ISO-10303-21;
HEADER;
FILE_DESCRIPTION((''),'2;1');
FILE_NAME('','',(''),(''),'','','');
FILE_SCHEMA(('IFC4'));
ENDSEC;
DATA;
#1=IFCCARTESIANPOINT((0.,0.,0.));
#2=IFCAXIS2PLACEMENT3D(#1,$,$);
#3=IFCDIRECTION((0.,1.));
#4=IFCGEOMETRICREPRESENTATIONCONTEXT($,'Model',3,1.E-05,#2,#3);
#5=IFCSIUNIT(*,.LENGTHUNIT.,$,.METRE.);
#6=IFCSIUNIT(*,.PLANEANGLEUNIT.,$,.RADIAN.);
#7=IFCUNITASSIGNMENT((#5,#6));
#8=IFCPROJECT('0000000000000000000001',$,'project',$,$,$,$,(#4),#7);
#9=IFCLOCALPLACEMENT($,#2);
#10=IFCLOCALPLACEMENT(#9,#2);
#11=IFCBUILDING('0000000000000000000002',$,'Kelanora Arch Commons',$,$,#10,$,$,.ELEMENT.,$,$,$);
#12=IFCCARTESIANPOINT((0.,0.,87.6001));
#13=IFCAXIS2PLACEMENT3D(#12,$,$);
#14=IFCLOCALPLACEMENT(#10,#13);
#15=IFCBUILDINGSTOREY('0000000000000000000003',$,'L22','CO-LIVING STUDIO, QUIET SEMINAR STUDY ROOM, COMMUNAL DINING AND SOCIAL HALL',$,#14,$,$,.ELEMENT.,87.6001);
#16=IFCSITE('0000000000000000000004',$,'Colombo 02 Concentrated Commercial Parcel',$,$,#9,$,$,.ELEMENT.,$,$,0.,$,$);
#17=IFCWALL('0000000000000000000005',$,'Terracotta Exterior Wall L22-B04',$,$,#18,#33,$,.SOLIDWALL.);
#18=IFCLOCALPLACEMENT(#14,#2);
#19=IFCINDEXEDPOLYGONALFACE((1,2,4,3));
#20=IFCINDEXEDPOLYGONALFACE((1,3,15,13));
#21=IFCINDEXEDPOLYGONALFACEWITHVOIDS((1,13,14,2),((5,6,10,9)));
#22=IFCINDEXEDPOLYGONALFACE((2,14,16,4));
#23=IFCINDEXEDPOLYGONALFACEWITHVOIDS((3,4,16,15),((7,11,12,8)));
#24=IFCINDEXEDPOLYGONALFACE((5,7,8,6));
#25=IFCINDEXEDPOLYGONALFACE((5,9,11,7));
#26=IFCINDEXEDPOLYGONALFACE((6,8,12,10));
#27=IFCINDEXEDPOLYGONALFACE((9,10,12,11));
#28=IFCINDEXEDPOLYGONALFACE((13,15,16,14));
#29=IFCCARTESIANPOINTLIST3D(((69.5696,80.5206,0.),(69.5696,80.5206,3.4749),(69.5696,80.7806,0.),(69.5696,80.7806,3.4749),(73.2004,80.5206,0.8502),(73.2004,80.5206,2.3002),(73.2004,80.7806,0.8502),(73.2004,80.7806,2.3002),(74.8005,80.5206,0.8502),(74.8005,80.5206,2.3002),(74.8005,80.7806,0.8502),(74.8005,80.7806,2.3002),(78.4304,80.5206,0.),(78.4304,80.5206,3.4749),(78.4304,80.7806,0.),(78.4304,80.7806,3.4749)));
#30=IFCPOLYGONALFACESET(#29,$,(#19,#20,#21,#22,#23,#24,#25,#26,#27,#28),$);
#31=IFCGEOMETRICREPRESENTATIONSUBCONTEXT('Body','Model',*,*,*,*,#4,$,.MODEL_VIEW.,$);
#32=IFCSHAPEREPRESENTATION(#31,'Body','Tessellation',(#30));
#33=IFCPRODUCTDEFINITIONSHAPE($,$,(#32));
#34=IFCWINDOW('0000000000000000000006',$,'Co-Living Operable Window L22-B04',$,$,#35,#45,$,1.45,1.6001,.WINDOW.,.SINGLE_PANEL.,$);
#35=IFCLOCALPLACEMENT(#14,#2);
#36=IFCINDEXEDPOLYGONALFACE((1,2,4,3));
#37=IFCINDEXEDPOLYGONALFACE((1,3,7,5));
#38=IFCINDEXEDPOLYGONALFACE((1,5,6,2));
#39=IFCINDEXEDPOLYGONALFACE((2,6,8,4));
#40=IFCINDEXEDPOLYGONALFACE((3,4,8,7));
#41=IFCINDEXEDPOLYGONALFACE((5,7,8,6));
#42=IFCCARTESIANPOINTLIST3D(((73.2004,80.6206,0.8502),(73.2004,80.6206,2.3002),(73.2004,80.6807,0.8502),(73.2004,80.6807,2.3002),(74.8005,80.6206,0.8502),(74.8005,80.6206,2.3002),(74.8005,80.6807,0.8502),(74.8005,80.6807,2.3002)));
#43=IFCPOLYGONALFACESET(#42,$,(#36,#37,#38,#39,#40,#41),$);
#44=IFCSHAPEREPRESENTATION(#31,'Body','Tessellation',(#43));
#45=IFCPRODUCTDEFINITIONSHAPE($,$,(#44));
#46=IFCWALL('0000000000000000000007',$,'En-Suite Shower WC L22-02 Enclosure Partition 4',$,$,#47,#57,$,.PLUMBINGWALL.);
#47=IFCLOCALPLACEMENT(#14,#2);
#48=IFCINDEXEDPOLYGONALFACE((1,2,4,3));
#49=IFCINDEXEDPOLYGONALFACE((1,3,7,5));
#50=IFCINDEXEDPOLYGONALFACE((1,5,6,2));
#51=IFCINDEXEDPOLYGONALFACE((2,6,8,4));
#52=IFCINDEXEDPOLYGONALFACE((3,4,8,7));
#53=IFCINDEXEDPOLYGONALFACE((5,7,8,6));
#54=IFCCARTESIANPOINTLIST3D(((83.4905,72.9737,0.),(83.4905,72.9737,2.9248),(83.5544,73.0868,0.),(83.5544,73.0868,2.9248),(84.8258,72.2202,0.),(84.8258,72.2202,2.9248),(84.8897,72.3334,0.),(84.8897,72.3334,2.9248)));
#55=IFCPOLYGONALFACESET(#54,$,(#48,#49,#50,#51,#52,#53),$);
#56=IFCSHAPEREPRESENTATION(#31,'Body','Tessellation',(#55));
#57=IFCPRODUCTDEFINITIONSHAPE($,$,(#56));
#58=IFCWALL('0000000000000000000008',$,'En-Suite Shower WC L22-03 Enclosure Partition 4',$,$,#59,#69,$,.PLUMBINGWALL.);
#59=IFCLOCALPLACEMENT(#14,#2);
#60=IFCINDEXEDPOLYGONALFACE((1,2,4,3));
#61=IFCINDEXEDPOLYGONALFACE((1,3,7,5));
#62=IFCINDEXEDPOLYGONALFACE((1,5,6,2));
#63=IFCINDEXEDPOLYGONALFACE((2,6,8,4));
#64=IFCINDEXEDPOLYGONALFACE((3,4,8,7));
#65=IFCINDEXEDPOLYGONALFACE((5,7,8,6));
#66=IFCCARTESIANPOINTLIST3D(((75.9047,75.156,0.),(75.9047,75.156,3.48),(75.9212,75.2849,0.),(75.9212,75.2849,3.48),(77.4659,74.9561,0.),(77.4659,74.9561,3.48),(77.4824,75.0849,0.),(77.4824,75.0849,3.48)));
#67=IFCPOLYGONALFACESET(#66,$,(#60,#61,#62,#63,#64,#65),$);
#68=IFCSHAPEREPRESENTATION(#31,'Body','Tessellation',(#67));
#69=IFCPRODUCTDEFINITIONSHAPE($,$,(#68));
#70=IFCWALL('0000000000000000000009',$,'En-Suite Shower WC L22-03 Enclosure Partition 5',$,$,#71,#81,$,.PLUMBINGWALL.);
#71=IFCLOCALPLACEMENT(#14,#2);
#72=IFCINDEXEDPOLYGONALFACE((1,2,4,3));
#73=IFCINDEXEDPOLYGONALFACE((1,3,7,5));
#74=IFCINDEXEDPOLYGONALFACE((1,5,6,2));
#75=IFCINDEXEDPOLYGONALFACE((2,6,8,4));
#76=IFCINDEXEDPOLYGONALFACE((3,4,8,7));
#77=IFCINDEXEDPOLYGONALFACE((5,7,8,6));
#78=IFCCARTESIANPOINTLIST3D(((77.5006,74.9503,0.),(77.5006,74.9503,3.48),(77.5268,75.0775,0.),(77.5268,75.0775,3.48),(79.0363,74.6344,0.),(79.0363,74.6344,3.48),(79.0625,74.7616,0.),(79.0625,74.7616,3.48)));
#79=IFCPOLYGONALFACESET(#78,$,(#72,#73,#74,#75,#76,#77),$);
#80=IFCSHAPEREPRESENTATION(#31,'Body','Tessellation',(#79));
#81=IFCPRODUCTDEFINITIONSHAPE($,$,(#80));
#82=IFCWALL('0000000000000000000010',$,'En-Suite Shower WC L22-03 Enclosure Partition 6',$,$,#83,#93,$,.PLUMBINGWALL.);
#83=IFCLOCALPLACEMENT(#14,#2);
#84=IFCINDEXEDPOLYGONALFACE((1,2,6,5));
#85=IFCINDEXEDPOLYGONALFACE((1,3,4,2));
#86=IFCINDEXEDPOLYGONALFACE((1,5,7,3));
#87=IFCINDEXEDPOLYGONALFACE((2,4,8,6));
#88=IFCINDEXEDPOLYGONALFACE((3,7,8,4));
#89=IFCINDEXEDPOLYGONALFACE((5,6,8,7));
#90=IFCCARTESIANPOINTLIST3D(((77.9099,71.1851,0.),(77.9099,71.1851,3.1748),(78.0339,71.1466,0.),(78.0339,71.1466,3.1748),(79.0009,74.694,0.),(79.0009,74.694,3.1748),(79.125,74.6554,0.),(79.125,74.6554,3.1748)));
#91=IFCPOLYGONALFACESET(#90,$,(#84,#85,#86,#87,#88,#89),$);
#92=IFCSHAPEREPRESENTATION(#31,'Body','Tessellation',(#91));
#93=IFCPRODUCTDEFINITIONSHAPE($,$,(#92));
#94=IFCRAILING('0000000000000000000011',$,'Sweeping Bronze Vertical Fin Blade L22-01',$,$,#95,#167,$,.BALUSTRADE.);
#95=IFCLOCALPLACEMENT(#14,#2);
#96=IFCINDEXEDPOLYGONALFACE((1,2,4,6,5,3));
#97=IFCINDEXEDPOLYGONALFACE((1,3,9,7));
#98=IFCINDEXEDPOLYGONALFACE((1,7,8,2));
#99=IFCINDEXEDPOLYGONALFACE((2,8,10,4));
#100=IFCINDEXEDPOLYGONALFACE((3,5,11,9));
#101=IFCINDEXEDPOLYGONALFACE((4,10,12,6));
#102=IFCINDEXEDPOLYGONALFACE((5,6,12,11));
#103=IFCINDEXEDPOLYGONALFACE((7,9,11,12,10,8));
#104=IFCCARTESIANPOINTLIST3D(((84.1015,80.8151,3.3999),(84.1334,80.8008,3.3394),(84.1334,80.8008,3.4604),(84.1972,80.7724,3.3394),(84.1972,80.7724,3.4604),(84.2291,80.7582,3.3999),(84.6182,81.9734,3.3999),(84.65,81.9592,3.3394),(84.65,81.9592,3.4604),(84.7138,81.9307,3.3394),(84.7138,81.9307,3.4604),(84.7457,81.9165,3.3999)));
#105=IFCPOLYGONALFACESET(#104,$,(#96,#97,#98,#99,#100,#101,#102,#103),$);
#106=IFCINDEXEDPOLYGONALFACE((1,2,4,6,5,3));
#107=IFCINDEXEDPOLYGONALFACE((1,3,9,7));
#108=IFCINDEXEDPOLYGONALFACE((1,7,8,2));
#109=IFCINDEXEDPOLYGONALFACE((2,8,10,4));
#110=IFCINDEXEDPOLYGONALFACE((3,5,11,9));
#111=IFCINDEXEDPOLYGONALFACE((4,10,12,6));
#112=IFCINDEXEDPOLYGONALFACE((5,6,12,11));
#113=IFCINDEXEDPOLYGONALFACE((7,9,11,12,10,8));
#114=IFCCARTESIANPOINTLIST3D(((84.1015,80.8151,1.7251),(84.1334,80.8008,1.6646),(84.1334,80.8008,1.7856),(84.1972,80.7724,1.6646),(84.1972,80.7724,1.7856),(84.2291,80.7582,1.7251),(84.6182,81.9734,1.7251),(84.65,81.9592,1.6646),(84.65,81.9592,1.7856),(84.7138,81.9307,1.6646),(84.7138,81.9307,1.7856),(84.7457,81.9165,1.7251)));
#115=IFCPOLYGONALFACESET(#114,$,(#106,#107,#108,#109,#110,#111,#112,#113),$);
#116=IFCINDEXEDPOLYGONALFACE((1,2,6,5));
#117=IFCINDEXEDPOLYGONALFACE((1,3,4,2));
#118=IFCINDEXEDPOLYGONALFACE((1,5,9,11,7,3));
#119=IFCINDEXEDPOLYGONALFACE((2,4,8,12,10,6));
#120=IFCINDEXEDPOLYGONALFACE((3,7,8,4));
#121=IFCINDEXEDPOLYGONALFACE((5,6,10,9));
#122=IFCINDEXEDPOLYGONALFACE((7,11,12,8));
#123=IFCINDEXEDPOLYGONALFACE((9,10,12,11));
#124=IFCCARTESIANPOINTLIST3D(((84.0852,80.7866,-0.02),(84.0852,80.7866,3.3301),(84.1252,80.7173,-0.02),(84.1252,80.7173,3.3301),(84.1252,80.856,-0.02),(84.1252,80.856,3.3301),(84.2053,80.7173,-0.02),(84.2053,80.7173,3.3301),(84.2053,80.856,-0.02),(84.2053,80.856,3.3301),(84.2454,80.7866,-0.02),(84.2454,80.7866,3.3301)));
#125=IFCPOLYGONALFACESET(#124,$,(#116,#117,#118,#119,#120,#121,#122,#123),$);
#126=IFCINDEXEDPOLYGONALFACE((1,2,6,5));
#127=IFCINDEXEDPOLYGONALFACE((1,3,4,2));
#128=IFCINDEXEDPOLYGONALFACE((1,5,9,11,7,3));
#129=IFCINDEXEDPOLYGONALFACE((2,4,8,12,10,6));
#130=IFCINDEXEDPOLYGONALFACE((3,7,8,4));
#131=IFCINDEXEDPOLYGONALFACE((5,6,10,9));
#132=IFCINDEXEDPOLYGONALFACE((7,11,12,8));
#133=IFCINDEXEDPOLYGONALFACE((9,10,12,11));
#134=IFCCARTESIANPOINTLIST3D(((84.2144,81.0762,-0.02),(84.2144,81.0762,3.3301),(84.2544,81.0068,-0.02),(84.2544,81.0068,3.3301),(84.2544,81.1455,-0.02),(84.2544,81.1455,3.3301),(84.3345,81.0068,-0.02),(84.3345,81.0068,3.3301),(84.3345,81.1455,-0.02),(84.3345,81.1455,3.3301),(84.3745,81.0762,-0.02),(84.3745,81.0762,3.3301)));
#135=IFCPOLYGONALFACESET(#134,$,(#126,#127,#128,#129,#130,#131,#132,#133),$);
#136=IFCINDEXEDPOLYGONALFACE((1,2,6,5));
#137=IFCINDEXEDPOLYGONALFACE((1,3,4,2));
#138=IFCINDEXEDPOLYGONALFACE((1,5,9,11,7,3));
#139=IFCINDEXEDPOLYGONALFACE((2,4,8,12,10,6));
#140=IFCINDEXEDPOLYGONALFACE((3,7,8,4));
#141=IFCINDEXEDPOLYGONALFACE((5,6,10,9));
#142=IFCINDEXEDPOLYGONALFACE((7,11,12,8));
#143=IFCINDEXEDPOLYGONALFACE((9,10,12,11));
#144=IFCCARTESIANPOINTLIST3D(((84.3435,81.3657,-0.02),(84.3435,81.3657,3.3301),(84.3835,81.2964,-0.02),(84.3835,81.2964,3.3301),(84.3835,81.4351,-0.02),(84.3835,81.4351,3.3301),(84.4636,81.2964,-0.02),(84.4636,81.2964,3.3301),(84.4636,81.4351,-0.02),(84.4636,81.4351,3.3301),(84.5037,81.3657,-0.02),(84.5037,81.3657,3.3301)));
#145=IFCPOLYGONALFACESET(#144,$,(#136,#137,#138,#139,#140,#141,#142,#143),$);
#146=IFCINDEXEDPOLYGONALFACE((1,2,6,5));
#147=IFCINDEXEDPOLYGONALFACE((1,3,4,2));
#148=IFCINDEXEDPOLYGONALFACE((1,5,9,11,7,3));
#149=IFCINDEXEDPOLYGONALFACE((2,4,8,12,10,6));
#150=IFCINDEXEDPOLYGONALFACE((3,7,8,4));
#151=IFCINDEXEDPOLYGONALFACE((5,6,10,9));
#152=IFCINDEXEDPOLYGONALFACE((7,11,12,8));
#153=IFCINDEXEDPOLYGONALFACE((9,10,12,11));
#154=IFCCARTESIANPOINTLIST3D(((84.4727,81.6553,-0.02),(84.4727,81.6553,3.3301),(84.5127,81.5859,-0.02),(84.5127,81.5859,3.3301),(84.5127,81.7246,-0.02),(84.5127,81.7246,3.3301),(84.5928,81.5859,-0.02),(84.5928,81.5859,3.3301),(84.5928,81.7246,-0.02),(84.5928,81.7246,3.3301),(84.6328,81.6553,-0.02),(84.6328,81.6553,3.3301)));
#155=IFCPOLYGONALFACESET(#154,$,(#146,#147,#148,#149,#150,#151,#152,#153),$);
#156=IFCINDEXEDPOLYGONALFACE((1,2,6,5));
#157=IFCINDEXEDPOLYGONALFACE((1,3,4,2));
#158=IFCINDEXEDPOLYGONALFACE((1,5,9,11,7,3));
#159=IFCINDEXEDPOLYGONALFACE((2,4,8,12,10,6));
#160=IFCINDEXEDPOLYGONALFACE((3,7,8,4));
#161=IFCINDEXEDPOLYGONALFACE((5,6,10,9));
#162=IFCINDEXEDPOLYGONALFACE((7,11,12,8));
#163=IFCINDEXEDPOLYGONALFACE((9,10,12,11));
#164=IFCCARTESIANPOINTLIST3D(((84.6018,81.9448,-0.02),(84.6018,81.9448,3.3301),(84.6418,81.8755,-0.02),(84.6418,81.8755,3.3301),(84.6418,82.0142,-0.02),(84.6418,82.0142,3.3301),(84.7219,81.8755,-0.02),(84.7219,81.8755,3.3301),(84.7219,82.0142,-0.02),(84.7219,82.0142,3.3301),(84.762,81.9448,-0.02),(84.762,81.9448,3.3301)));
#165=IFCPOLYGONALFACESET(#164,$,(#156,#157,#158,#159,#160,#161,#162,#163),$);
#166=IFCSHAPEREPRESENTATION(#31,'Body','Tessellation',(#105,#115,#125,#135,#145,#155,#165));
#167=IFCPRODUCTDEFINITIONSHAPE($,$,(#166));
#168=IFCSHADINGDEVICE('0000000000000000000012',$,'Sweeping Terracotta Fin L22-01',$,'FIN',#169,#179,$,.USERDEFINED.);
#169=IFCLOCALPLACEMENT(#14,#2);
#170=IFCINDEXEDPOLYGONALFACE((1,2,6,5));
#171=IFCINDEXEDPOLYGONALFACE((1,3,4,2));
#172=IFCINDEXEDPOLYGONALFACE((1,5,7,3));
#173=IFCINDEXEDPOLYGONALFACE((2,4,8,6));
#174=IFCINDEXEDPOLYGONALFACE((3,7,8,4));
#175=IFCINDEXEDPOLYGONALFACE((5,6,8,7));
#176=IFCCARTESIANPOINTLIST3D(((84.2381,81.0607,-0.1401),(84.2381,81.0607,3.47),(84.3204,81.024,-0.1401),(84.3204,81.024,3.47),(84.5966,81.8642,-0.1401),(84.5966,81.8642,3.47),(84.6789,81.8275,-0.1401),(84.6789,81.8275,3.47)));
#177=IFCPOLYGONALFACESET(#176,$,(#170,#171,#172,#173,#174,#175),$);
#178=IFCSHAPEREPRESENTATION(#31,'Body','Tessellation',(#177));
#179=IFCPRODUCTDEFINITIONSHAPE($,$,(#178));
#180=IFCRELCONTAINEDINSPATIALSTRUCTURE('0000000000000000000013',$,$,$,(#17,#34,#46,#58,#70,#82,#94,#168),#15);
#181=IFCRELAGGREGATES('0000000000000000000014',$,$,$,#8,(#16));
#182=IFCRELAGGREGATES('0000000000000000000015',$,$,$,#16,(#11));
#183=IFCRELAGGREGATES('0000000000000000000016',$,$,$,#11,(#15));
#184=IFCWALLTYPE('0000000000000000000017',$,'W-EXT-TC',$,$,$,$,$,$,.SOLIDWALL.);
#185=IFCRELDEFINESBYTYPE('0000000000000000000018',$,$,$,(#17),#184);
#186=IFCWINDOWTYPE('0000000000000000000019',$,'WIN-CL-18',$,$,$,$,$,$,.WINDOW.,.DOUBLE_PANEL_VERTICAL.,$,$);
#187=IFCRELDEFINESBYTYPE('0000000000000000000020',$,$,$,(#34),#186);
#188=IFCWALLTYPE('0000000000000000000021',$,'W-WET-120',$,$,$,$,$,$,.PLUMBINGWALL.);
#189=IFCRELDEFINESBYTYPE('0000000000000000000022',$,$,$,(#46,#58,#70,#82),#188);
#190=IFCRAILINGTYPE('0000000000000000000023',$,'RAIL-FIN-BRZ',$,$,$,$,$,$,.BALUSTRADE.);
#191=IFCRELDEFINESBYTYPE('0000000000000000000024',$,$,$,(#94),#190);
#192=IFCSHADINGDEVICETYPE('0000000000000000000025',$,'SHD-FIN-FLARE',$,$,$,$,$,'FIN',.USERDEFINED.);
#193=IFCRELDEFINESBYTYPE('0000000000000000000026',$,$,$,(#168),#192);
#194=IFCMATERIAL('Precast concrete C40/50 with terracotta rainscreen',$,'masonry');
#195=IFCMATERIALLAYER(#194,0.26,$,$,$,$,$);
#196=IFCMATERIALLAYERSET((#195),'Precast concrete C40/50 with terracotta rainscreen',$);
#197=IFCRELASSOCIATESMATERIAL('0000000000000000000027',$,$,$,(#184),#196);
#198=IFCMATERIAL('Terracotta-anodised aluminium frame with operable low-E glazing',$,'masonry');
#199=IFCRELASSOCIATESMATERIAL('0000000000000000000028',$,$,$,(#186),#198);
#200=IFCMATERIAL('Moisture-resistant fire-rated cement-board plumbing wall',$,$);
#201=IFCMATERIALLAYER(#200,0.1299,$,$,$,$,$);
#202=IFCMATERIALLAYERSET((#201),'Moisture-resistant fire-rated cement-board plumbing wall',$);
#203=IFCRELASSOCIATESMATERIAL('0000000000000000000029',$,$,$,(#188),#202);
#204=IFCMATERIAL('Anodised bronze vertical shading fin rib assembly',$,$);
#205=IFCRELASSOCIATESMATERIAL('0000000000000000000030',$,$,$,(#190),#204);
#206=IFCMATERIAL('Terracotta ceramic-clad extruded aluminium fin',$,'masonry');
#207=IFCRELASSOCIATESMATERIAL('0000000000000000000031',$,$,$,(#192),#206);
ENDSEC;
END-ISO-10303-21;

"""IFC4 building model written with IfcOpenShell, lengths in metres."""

from ifc_helpers import new_model, si_unit, direction, frame, frame_2d, origin, origin_2d, place, context, subcontext, project, spatial, polyline, rectangle, outline, extrude, source, transform, mapped, material, layer, layer_set, type_object, element, fill, save


model = new_model("IFC4")

# Units and contexts
model_context = context("Model", 3, precision=1e-05, world=origin(), true_north=direction((0.0, 1.0)))
body_context = subcontext(model_context, "Body", "Model", "MODEL_VIEW")
ifc_project = project(units=[si_unit("LENGTHUNIT", "METRE"), si_unit("PLANEANGLEUNIT", "RADIAN")], contexts=[model_context])

# Site, building, storey
site_placement = place(None, origin())
site = spatial("IfcSite", under=ifc_project, at=site_placement, Name="Colombo 02 Concentrated Commercial Parcel", CompositionType="ELEMENT", RefElevation=0.0)
building_placement = place(site_placement, origin())
building = spatial("IfcBuilding", under=site, at=building_placement, Name="Kelanora Arch Commons", CompositionType="ELEMENT")
storey_placement = place(building_placement, frame((0.0, 0.0, 87.6001)))
storey = spatial("IfcBuildingStorey", under=building, at=storey_placement, Name="L22", Description="CO-LIVING STUDIO, QUIET SEMINAR STUDY ROOM, COMMUNAL DINING AND SOCIAL HALL", CompositionType="ELEMENT", Elevation=87.6001)

# Wall, opening, window
ifc_material_1 = material(Name="Precast concrete C40/50 with terracotta rainscreen", Category="masonry")
ifc_layer_1 = layer(ifc_material_1, 0.26)
ifc_layer_set_1 = layer_set([ifc_layer_1], Name="Precast concrete C40/50 with terracotta rainscreen")
wall_type_1 = type_object("IfcWallType", Name="W-EXT-TC", PredefinedType="SOLIDWALL", material=ifc_layer_set_1)
wall_1_placement = place(storey_placement, frame((78.4304, 80.6506, 0.0), z_axis=(0.0, 0.0, 1.0), x_axis=(-1.0, 0.0, 0.0)))
wall_1 = element("IfcWall", 1, at=wall_1_placement, inside=storey, type_object=wall_type_1, Name="Terracotta Exterior Wall L22-B04", PredefinedType="SOLIDWALL", context=body_context, shape_type="SweptSolid", body=[
    extrude(rectangle(XDim=8.8608, YDim=0.26, at=frame_2d((4.4304, 0.0))), origin(), (0.0, 0.0, 1.0), 3.4749),
])
opening_placement = place(wall_1_placement, frame((3.6299, 0.0, 0.8501)))
opening = element("IfcOpeningElement", 2, at=opening_placement, cuts=wall_1, PredefinedType="OPENING", context=body_context, shape_type="SweptSolid", body=[
    extrude(rectangle(XDim=1.6001, YDim=1.45, at=frame_2d((0.8, 0.7251))), frame((0.0, 0.1401, 0.0), z_axis=(0.0, -1.0, 0.0), x_axis=(1.0, 0.0, 0.0)), (0.0, 0.0, 1.0), 0.28),
])
ifc_material_2 = material(Name="Terracotta-anodised aluminium frame with operable low-E glazing", Category="masonry")
window_type = type_object("IfcWindowType", Name="WIN-CL-18", PartitioningType="DOUBLE_PANEL_VERTICAL", PredefinedType="WINDOW", material=ifc_material_2)
window_placement = place(opening_placement, origin())
window = element("IfcWindow", 3, at=window_placement, inside=storey, type_object=window_type, Name="Co-Living Operable Window L22-B04", OverallHeight=1.45, OverallWidth=1.6001, PartitioningType="SINGLE_PANEL", PredefinedType="WINDOW", context=body_context, shape_type="SweptSolid", body=[
    extrude(rectangle(XDim=1.6001, YDim=1.45, at=frame_2d((0.8, 0.7251))), frame((0.0, 0.03, 0.0), z_axis=(0.0, -1.0, 0.0), x_axis=(1.0, 0.0, 0.0)), (0.0, 0.0, 1.0), 0.0601),
])
fill(opening, window)

# Walls
ifc_material_3 = material(Name="Moisture-resistant fire-rated cement-board plumbing wall")
ifc_layer_2 = layer(ifc_material_3, 0.1299)
ifc_layer_set_2 = layer_set([ifc_layer_2], Name="Moisture-resistant fire-rated cement-board plumbing wall")
wall_type_2 = type_object("IfcWallType", Name="W-WET-120", PredefinedType="PLUMBINGWALL", material=ifc_layer_set_2)
wall_2_placement = place(storey_placement, frame((83.5225, 73.0303, 0.0), z_axis=(0.0, 0.0, 1.0), x_axis=(0.870916, -0.491433, 0.0)))
element("IfcWall", 4, at=wall_2_placement, inside=storey, type_object=wall_type_2, Name="En-Suite Shower WC L22-02 Enclosure Partition 4", PredefinedType="PLUMBINGWALL", context=body_context, shape_type="SweptSolid", body=[
    extrude(rectangle(XDim=1.5332, YDim=0.1299, at=frame_2d((0.7666, 0.0))), origin(), (0.0, 0.0, 1.0), 2.9248),
])
wall_3_placement = place(storey_placement, frame((75.9128, 75.2205, 0.0), z_axis=(0.0, 0.0, 1.0), x_axis=(0.991899, -0.127031, 0.0)))
element("IfcWall", 5, at=wall_3_placement, inside=storey, type_object=wall_type_2, Name="En-Suite Shower WC L22-03 Enclosure Partition 4", PredefinedType="PLUMBINGWALL", context=body_context, shape_type="SweptSolid", body=[
    extrude(rectangle(XDim=1.574, YDim=0.1299, at=frame_2d((0.7871, 0.0))), origin(), (0.0, 0.0, 1.0), 3.48),
])
wall_4_placement = place(storey_placement, frame((77.5137, 75.0139, 0.0), z_axis=(0.0, 0.0, 1.0), x_axis=(0.979488, -0.201504, 0.0)))
element("IfcWall", 6, at=wall_4_placement, inside=storey, type_object=wall_type_2, Name="En-Suite Shower WC L22-03 Enclosure Partition 5", PredefinedType="PLUMBINGWALL", context=body_context, shape_type="SweptSolid", body=[
    extrude(rectangle(XDim=1.5679, YDim=0.1299, at=frame_2d((0.7839, 0.0))), origin(), (0.0, 0.0, 1.0), 3.48),
])
wall_5_placement = place(storey_placement, frame((79.063, 74.6748, 0.0), z_axis=(0.0, 0.0, 1.0), x_axis=(-0.296928, -0.9549, 0.0)))
element("IfcWall", 7, at=wall_5_placement, inside=storey, type_object=wall_type_2, Name="En-Suite Shower WC L22-03 Enclosure Partition 6", PredefinedType="PLUMBINGWALL", context=body_context, shape_type="SweptSolid", body=[
    extrude(rectangle(XDim=3.6746, YDim=0.1299, at=frame_2d((1.8374, 0.0))), origin(), (0.0, 0.0, 1.0), 3.1748),
])

# Railing
ifc_material_4 = material(Name="Anodised bronze vertical shading fin rib assembly")
railing_type = type_object("IfcRailingType", Name="RAIL-FIN-BRZ", PredefinedType="BALUSTRADE", material=ifc_material_4)
railing_placement = place(storey_placement, frame((84.1653, 80.7866, -0.02)))
element("IfcRailing", 8, at=railing_placement, inside=storey, type_object=railing_type, Name="Sweeping Bronze Vertical Fin Blade L22-01", PredefinedType="BALUSTRADE", context=body_context, shape_type="SweptSolid", body=[
    extrude(outline(polyline([(0.0698, 0.0), (0.0349, 0.0605), (-0.0349, 0.0605), (-0.0698, 0.0), (-0.0349, -0.0605), (0.0349, -0.0605), (0.0698, 0.0)])), frame((0.0, 0.0, 3.4199), z_axis=(0.407353, 0.913271, 0.0), x_axis=(-0.913271, 0.407353, 0.0)), (0.0, 0.0, 1.0), 1.2683),
    extrude(outline(polyline([(0.0698, 0.0), (0.0349, 0.0605), (-0.0349, 0.0605), (-0.0698, 0.0), (-0.0349, -0.0605), (0.0349, -0.0605), (0.0698, 0.0)])), frame((0.0, 0.0, 1.7451), z_axis=(0.407353, 0.913271, 0.0), x_axis=(-0.913271, 0.407353, 0.0)), (0.0, 0.0, 1.0), 1.2683),
    extrude(outline(polyline([(0.0801, 0.0), (0.04, 0.0693), (-0.04, 0.0693), (-0.0801, 0.0), (-0.04, -0.0693), (0.04, -0.0693), (0.0801, 0.0)])), origin(), (0.0, 0.0, 1.0), 3.3501),
    extrude(outline(polyline([(0.0801, 0.0), (0.04, 0.0693), (-0.04, 0.0693), (-0.0801, 0.0), (-0.04, -0.0693), (0.04, -0.0693), (0.0801, 0.0)])), frame((0.1292, 0.2896, 0.0)), (0.0, 0.0, 1.0), 3.3501),
    extrude(outline(polyline([(0.0801, 0.0), (0.04, 0.0693), (-0.04, 0.0693), (-0.0801, 0.0), (-0.04, -0.0693), (0.04, -0.0693), (0.0801, 0.0)])), frame((0.2583, 0.5791, 0.0)), (0.0, 0.0, 1.0), 3.3501),
    extrude(outline(polyline([(0.0801, 0.0), (0.04, 0.0693), (-0.04, 0.0693), (-0.0801, 0.0), (-0.04, -0.0693), (0.04, -0.0693), (0.0801, 0.0)])), frame((0.3875, 0.8687, 0.0)), (0.0, 0.0, 1.0), 3.3501),
    extrude(outline(polyline([(0.0801, 0.0), (0.04, 0.0693), (-0.04, 0.0693), (-0.0801, 0.0), (-0.04, -0.0693), (0.04, -0.0693), (0.0801, 0.0)])), frame((0.5166, 1.1582, 0.0)), (0.0, 0.0, 1.0), 3.3501),
])

# Shading device
ifc_material_5 = material(Name="Terracotta ceramic-clad extruded aluminium fin", Category="masonry")
shading_device_type = type_object("IfcShadingDeviceType", Name="SHD-FIN-FLARE", ElementType="FIN", PredefinedType="USERDEFINED", material=ifc_material_5)
shared_shape_1 = source(origin(), body_context, "Body", "SweptSolid", [
    extrude(rectangle(XDim=0.8799, YDim=0.0901, at=origin_2d()), origin(), (0.0, 0.0, 1.0), 3.6101),
])
shading_device_placement = place(storey_placement, frame((84.4585, 81.4441, -0.1401), z_axis=(0.0, 0.0, 1.0), x_axis=(0.407374, 0.913261, 0.0)))
element("IfcShadingDevice", 9, at=shading_device_placement, inside=storey, type_object=shading_device_type, Name="Sweeping Terracotta Fin L22-01", ObjectType="FIN", PredefinedType="USERDEFINED", context=body_context, shape_type="MappedRepresentation", body=[
    mapped(shared_shape_1, transform((0.0, 0.0, 0.0), scale=1.0)),
])

save(model, "model.ifc")
